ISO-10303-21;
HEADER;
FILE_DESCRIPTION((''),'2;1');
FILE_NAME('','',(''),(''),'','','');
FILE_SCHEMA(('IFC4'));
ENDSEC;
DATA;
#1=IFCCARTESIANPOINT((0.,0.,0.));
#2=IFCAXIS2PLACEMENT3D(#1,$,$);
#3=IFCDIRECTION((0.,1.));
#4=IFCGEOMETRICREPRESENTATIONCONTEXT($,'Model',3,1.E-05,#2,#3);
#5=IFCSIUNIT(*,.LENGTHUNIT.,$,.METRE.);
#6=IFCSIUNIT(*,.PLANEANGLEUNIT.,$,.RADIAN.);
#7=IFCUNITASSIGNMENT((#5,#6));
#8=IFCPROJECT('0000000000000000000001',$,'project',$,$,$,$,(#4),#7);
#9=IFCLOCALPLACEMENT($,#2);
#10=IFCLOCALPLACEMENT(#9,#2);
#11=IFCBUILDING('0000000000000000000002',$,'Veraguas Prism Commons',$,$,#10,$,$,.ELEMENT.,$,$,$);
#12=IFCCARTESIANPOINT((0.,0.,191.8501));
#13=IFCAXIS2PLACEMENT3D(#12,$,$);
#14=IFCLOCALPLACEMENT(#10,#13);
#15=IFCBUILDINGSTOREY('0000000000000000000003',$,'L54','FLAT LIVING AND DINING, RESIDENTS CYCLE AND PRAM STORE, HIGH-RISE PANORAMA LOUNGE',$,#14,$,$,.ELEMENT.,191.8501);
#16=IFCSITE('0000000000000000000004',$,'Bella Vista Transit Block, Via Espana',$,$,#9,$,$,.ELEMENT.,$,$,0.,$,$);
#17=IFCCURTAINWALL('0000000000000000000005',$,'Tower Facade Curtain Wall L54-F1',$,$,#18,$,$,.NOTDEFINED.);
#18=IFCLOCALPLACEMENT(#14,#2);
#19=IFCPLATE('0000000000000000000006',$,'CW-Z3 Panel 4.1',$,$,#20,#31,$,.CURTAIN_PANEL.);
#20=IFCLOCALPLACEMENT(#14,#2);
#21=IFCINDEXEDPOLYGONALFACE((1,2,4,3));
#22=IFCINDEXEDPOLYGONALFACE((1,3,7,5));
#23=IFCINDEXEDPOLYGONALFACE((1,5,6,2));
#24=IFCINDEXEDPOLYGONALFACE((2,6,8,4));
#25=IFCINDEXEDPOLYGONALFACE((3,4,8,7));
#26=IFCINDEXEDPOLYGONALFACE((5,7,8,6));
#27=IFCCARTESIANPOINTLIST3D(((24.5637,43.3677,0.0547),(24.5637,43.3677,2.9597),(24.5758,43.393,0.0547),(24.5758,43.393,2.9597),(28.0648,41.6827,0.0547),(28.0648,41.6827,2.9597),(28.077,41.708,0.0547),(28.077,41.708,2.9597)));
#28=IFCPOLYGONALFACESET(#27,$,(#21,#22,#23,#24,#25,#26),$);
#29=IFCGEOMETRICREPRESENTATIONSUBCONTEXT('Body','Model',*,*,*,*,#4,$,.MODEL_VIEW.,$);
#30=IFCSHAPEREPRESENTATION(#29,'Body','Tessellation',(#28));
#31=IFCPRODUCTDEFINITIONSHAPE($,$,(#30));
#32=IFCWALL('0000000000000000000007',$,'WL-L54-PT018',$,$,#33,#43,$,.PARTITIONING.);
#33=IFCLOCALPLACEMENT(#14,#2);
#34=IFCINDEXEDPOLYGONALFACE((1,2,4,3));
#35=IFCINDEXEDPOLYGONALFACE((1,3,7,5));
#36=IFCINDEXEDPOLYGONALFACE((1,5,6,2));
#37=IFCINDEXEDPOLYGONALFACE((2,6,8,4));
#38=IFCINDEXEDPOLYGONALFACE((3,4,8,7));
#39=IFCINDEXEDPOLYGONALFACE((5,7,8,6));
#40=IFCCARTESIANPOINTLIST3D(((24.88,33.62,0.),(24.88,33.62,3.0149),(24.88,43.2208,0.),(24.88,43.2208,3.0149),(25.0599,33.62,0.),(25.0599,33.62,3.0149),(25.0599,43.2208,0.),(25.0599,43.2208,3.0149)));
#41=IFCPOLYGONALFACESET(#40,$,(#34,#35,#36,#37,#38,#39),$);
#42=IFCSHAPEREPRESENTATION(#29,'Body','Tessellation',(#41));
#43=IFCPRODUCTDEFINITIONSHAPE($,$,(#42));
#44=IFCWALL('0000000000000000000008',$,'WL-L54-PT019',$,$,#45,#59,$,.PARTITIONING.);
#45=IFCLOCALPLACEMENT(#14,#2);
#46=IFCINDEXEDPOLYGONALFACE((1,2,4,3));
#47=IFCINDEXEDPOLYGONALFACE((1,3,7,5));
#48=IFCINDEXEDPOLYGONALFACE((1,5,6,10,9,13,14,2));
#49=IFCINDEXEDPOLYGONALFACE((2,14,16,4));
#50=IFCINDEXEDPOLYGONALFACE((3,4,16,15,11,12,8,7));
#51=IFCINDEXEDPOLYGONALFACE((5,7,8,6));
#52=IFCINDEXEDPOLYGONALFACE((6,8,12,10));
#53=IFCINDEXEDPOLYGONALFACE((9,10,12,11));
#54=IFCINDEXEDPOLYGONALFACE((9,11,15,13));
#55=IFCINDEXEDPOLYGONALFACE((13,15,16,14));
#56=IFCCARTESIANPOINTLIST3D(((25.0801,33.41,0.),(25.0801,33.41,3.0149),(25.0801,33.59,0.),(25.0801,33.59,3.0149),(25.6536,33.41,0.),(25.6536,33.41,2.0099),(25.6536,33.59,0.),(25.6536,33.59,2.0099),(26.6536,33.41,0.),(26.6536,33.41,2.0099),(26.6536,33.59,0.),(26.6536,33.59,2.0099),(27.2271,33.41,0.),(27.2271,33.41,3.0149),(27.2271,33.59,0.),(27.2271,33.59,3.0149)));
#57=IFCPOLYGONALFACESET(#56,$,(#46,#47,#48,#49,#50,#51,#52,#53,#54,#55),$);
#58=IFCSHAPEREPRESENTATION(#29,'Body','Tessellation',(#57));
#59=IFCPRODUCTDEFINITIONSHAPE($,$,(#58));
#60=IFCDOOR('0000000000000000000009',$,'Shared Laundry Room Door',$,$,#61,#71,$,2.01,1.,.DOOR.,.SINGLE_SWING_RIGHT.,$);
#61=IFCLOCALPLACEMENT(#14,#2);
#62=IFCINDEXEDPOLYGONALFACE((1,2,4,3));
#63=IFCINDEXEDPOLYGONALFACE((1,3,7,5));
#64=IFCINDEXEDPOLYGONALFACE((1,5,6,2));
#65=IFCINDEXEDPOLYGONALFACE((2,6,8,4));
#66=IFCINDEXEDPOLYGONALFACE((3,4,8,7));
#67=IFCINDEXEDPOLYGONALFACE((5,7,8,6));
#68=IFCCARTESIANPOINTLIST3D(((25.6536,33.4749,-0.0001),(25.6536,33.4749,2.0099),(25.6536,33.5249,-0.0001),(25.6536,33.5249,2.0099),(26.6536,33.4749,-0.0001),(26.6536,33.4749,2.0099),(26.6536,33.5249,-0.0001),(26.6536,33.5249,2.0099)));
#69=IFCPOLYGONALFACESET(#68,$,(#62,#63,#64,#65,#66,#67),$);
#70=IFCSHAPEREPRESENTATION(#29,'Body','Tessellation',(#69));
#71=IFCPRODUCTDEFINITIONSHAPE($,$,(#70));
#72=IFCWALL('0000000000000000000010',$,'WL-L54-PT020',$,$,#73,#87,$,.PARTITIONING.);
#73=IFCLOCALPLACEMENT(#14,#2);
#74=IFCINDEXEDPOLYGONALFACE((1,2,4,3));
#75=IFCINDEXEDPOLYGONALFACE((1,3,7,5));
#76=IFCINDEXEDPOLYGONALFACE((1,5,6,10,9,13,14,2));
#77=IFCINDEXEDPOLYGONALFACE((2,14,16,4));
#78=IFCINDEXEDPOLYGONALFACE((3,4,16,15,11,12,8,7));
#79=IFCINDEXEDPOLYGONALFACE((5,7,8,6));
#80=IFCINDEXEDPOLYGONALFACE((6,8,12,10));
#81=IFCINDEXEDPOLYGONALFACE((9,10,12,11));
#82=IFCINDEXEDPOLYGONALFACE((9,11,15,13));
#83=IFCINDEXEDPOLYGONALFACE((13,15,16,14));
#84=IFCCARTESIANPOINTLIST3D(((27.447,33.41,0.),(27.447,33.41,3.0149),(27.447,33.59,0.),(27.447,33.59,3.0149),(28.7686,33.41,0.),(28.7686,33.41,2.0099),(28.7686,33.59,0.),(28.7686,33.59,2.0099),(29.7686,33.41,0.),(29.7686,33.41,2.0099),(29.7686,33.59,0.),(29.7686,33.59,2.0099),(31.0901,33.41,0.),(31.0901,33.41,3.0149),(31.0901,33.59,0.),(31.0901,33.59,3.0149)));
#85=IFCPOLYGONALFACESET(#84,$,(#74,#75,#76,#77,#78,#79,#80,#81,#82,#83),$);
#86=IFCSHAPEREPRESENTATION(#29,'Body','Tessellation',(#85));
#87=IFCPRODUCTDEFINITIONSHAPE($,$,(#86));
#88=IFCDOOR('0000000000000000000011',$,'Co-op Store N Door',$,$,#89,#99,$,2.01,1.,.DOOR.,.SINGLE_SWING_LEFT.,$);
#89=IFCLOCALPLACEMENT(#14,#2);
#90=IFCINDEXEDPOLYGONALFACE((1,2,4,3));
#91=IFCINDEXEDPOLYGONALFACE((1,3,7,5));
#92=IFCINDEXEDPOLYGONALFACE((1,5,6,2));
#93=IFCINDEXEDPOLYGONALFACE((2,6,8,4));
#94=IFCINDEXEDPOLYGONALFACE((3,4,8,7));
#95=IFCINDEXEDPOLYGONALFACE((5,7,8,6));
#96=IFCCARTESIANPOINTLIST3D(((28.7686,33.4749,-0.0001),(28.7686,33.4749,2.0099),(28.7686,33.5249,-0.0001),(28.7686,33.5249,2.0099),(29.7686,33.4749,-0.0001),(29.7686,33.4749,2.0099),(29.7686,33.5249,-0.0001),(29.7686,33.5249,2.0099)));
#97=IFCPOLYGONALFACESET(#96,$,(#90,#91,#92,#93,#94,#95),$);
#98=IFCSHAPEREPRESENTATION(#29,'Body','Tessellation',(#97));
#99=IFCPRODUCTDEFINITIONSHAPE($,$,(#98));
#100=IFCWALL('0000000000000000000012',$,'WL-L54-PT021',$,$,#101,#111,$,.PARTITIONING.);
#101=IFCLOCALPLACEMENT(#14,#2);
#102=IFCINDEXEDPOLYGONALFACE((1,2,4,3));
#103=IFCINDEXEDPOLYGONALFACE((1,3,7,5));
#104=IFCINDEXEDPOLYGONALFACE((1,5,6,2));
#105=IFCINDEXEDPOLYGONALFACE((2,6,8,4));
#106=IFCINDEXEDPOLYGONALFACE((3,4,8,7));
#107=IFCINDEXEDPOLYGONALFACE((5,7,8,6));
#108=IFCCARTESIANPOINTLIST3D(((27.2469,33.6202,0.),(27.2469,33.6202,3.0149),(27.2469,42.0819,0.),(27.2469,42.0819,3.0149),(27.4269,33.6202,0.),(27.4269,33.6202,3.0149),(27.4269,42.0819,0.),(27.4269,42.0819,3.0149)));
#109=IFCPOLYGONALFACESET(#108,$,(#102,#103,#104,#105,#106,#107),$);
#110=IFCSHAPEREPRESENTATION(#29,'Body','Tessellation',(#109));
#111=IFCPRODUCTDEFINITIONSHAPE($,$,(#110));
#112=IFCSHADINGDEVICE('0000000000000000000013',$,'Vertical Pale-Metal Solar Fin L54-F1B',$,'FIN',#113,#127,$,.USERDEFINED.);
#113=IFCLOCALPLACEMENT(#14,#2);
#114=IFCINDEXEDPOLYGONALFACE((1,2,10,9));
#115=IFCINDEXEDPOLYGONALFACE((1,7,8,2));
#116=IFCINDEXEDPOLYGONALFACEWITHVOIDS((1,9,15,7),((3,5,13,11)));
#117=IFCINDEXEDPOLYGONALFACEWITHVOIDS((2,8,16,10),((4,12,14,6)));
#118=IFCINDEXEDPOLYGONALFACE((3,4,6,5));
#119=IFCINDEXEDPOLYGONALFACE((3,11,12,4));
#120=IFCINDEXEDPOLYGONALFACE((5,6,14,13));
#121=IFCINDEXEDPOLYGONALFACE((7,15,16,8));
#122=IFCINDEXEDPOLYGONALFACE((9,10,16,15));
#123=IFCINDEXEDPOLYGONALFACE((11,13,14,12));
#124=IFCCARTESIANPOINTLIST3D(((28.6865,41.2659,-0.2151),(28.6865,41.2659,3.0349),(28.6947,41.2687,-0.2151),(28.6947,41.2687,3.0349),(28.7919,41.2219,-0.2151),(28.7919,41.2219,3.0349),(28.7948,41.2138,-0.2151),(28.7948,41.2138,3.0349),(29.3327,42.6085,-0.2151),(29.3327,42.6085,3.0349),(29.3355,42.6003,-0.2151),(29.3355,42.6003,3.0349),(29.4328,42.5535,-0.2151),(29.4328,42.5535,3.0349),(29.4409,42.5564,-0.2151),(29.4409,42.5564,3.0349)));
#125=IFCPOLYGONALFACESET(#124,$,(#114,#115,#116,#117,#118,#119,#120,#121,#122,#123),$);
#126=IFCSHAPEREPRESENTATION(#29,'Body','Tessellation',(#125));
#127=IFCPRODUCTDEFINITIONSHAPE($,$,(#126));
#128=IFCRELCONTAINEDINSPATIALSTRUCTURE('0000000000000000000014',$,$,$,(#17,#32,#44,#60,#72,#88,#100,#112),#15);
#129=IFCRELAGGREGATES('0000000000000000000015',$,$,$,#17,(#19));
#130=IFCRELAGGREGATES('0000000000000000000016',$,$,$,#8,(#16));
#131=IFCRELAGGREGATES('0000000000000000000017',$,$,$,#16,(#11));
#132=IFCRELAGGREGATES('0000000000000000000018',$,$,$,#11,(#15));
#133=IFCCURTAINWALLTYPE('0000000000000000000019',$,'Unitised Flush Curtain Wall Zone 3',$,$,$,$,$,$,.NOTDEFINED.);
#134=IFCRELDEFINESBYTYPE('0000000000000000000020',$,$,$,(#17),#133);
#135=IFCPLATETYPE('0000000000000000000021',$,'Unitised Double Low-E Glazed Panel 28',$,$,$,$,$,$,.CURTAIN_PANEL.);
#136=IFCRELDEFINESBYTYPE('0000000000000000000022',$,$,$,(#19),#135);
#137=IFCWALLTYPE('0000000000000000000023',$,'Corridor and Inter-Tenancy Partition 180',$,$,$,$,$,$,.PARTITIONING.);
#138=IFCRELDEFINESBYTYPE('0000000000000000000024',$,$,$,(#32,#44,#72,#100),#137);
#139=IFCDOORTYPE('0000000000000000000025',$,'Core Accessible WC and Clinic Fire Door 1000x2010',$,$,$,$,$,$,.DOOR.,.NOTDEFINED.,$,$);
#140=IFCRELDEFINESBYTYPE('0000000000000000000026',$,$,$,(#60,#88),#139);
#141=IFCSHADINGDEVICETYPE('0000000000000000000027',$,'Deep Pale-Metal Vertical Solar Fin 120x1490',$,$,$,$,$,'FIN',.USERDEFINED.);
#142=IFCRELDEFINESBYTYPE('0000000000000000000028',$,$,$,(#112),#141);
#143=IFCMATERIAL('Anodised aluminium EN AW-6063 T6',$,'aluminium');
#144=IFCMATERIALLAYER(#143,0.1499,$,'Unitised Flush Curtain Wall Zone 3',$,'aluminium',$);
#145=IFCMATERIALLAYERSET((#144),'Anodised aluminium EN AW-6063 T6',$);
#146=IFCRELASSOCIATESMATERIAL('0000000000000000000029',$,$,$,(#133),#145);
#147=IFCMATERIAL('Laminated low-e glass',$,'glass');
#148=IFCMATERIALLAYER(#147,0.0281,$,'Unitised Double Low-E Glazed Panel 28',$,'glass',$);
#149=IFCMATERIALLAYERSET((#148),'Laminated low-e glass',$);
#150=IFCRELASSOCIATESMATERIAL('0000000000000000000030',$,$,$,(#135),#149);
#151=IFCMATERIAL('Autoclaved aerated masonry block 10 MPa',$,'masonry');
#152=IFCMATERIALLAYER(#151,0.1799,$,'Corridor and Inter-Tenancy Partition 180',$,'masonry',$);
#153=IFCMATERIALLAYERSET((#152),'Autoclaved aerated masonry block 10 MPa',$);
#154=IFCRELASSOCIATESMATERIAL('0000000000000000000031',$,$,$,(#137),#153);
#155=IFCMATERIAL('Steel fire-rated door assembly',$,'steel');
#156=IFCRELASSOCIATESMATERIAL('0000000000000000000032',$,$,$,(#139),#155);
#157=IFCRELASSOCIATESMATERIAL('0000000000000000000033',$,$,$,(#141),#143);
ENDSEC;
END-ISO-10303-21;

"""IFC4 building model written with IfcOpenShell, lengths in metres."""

from ifc_helpers import new_model, si_unit, direction, frame, frame_2d, origin, origin_2d, place, context, subcontext, project, spatial, rectangle, hollow_rectangle, extrude, source, transform, mapped, material, layer, layer_set, material_profile, profile_set, type_object, element, fill, aggregate, save


model = new_model("IFC4")

# Units and contexts
model_context = context("Model", 3, precision=1e-05, world=origin(), true_north=direction((0.0, 1.0)))
body_context = subcontext(model_context, "Body", "Model", "MODEL_VIEW")
ifc_project = project(units=[si_unit("LENGTHUNIT", "METRE"), si_unit("PLANEANGLEUNIT", "RADIAN")], contexts=[model_context])

# Site, building, storey
site_placement = place(None, origin())
site = spatial("IfcSite", under=ifc_project, at=site_placement, Name="Bella Vista Transit Block, Via Espana", CompositionType="ELEMENT", RefElevation=0.0)
building_placement = place(site_placement, origin())
building = spatial("IfcBuilding", under=site, at=building_placement, Name="Veraguas Prism Commons", CompositionType="ELEMENT")
storey_placement = place(building_placement, frame((0.0, 0.0, 191.8501)))
storey = spatial("IfcBuildingStorey", under=building, at=storey_placement, Name="L54", Description="FLAT LIVING AND DINING, RESIDENTS CYCLE AND PRAM STORE, HIGH-RISE PANORAMA LOUNGE", CompositionType="ELEMENT", Elevation=191.8501)

# Curtain wall
ifc_material_1 = material(Name="Anodised aluminium EN AW-6063 T6", Category="aluminium")
ifc_layer_1 = layer(ifc_material_1, 0.1499, Name="Unitised Flush Curtain Wall Zone 3", Category="aluminium")
ifc_layer_set_1 = layer_set([ifc_layer_1], Name="Anodised aluminium EN AW-6063 T6")
curtain_wall_type = type_object("IfcCurtainWallType", Name="Unitised Flush Curtain Wall Zone 3", PredefinedType="NOTDEFINED", material=ifc_layer_set_1)
curtain_wall_1_placement = place(storey_placement, origin())
curtain_wall_1 = element("IfcCurtainWall", 1, at=curtain_wall_1_placement, inside=storey, type_object=curtain_wall_type, Name="Tower Facade Curtain Wall L54-F1", PredefinedType="NOTDEFINED")

# Plate
ifc_material_2 = material(Name="Laminated low-e glass", Category="glass")
ifc_layer_2 = layer(ifc_material_2, 0.0281, Name="Unitised Double Low-E Glazed Panel 28", Category="glass")
ifc_layer_set_2 = layer_set([ifc_layer_2], Name="Laminated low-e glass")
plate_type = type_object("IfcPlateType", Name="Unitised Double Low-E Glazed Panel 28", PredefinedType="CURTAIN_PANEL", material=ifc_layer_set_2)
shared_shape_1 = source(origin(), body_context, "Body", "SweptSolid", [
    extrude(rectangle(XDim=3.8855, YDim=0.0281, at=origin_2d()), origin(), (0.0, 0.0, 1.0), 2.905),
])
plate_placement = place(storey_placement, frame((26.3203, 42.5378, 0.0547), z_axis=(0.0, 0.0, 1.0), x_axis=(-0.901074, 0.433665, 0.0)))
plate = element("IfcPlate", 2, at=plate_placement, type_object=plate_type, Name="CW-Z3 Panel 4.1", PredefinedType="CURTAIN_PANEL", context=body_context, shape_type="MappedRepresentation", body=[
    mapped(shared_shape_1, transform((0.0, 0.0, 0.0), scale=1.0)),
])
aggregate(curtain_wall_1, [plate])

# Wall
ifc_material_3 = material(Name="Autoclaved aerated masonry block 10 MPa", Category="masonry")
ifc_layer_3 = layer(ifc_material_3, 0.1799, Name="Corridor and Inter-Tenancy Partition 180", Category="masonry")
ifc_layer_set_3 = layer_set([ifc_layer_3], Name="Autoclaved aerated masonry block 10 MPa")
wall_type = type_object("IfcWallType", Name="Corridor and Inter-Tenancy Partition 180", PredefinedType="PARTITIONING", material=ifc_layer_set_3)
wall_1_placement = place(storey_placement, frame((24.97, 33.6201, 0.0), z_axis=(0.0, 0.0, 1.0), x_axis=(0.0, 1.0, 0.0)))
element("IfcWall", 3, at=wall_1_placement, inside=storey, type_object=wall_type, Name="WL-L54-PT018", PredefinedType="PARTITIONING", context=body_context, shape_type="SweptSolid", body=[
    extrude(rectangle(XDim=9.6008, YDim=0.1799, at=frame_2d((4.8003, 0.0))), origin(), (0.0, 0.0, 1.0), 3.0149),
])

# Walls, openings, doors
wall_2_placement = place(storey_placement, frame((25.0801, 33.5, 0.0), z_axis=(0.0, 0.0, 1.0), x_axis=(1.0, 0.0, 0.0)))
wall_2 = element("IfcWall", 4, at=wall_2_placement, inside=storey, type_object=wall_type, Name="WL-L54-PT019", PredefinedType="PARTITIONING", context=body_context, shape_type="SweptSolid", body=[
    extrude(rectangle(XDim=2.147, YDim=0.1799, at=frame_2d((1.0735, 0.0))), origin(), (0.0, 0.0, 1.0), 3.0149),
])
opening_1_placement = place(wall_2_placement, frame((0.5735, 0.0, 0.0)))
opening_1 = element("IfcOpeningElement", 5, at=opening_1_placement, cuts=wall_2, PredefinedType="OPENING", context=body_context, shape_type="SweptSolid", body=[
    extrude(rectangle(XDim=1.0, YDim=2.01, at=frame_2d((0.5, 1.0049))), frame((0.0, 0.0999, 0.0), z_axis=(0.0, -1.0, 0.0), x_axis=(1.0, 0.0, 0.0)), (0.0, 0.0, 1.0), 0.2),
])
ifc_material_4 = material(Name="Steel fire-rated door assembly", Category="steel")
door_type = type_object("IfcDoorType", Name="Core Accessible WC and Clinic Fire Door 1000x2010", OperationType="NOTDEFINED", PredefinedType="DOOR", material=ifc_material_4)
shared_shape_2 = source(origin(), body_context, "Body", "SweptSolid", [
    extrude(rectangle(XDim=1.0, YDim=2.01, at=frame_2d((0.5, 1.0049))), frame((0.0, 0.0249, 0.0), z_axis=(0.0, -1.0, 0.0), x_axis=(1.0, 0.0, 0.0)), (0.0, 0.0, 1.0), 0.05),
])
door_1_placement = place(opening_1_placement, origin())
door_1 = element("IfcDoor", 6, at=door_1_placement, inside=storey, type_object=door_type, Name="Shared Laundry Room Door", OperationType="SINGLE_SWING_RIGHT", OverallHeight=2.01, OverallWidth=1.0, PredefinedType="DOOR", context=body_context, shape_type="MappedRepresentation", body=[
    mapped(shared_shape_2, transform((0.0, 0.0, 0.0), scale=1.0)),
])
fill(opening_1, door_1)
wall_3_placement = place(storey_placement, frame((27.447, 33.5, 0.0), z_axis=(0.0, 0.0, 1.0), x_axis=(1.0, 0.0, 0.0)))
wall_3 = element("IfcWall", 7, at=wall_3_placement, inside=storey, type_object=wall_type, Name="WL-L54-PT020", PredefinedType="PARTITIONING", context=body_context, shape_type="SweptSolid", body=[
    extrude(rectangle(XDim=3.6431, YDim=0.1799, at=frame_2d((1.8215, 0.0))), origin(), (0.0, 0.0, 1.0), 3.0149),
])
opening_2_placement = place(wall_3_placement, frame((1.3215, 0.0, 0.0)))
opening_2 = element("IfcOpeningElement", 8, at=opening_2_placement, cuts=wall_3, PredefinedType="OPENING", context=body_context, shape_type="SweptSolid", body=[
    extrude(rectangle(XDim=1.0, YDim=2.01, at=frame_2d((0.5, 1.0049))), frame((0.0, 0.0999, 0.0), z_axis=(0.0, -1.0, 0.0), x_axis=(1.0, 0.0, 0.0)), (0.0, 0.0, 1.0), 0.2),
])
door_2_placement = place(opening_2_placement, origin())
door_2 = element("IfcDoor", 9, at=door_2_placement, inside=storey, type_object=door_type, Name="Co-op Store N Door", OperationType="SINGLE_SWING_LEFT", OverallHeight=2.01, OverallWidth=1.0, PredefinedType="DOOR", context=body_context, shape_type="MappedRepresentation", body=[
    mapped(shared_shape_2, transform((0.0, 0.0, 0.0), scale=1.0)),
])
fill(opening_2, door_2)

# Wall
wall_4_placement = place(storey_placement, frame((27.3369, 33.6201, 0.0), z_axis=(0.0, 0.0, 1.0), x_axis=(0.0, 1.0, 0.0)))
element("IfcWall", 10, at=wall_4_placement, inside=storey, type_object=wall_type, Name="WL-L54-PT021", PredefinedType="PARTITIONING", context=body_context, shape_type="SweptSolid", body=[
    extrude(rectangle(XDim=8.4617, YDim=0.1799, at=frame_2d((4.231, 0.0))), origin(), (0.0, 0.0, 1.0), 3.0149),
])

# Shading device
ifc_material_profile_1 = material_profile(ifc_material_1, hollow_rectangle(XDim=0.1201, YDim=1.49, WallThickness=0.0061, at=origin_2d()), Name="FIN120X1490X6")
ifc_profile_set_1 = profile_set([ifc_material_profile_1], Name="Anodised aluminium EN AW-6063 T6")
shading_device_type = type_object("IfcShadingDeviceType", Name="Deep Pale-Metal Vertical Solar Fin 120x1490", ElementType="FIN", PredefinedType="USERDEFINED", material=ifc_profile_set_1)
shading_device_placement = place(storey_placement, frame((29.0637, 41.9111, -0.2151), z_axis=(0.0, 0.0, 1.0), x_axis=(-0.901076, 0.433662, 0.0)))
element("IfcShadingDevice", 11, at=shading_device_placement, inside=storey, type_object=shading_device_type, Name="Vertical Pale-Metal Solar Fin L54-F1B", ObjectType="FIN", PredefinedType="USERDEFINED", context=body_context, shape_type="SweptSolid", body=[
    extrude(hollow_rectangle(XDim=0.1201, YDim=1.49, WallThickness=0.0061, at=origin_2d()), origin(), (0.0, 0.0, 1.0), 3.25),
])

save(model, "model.ifc")
